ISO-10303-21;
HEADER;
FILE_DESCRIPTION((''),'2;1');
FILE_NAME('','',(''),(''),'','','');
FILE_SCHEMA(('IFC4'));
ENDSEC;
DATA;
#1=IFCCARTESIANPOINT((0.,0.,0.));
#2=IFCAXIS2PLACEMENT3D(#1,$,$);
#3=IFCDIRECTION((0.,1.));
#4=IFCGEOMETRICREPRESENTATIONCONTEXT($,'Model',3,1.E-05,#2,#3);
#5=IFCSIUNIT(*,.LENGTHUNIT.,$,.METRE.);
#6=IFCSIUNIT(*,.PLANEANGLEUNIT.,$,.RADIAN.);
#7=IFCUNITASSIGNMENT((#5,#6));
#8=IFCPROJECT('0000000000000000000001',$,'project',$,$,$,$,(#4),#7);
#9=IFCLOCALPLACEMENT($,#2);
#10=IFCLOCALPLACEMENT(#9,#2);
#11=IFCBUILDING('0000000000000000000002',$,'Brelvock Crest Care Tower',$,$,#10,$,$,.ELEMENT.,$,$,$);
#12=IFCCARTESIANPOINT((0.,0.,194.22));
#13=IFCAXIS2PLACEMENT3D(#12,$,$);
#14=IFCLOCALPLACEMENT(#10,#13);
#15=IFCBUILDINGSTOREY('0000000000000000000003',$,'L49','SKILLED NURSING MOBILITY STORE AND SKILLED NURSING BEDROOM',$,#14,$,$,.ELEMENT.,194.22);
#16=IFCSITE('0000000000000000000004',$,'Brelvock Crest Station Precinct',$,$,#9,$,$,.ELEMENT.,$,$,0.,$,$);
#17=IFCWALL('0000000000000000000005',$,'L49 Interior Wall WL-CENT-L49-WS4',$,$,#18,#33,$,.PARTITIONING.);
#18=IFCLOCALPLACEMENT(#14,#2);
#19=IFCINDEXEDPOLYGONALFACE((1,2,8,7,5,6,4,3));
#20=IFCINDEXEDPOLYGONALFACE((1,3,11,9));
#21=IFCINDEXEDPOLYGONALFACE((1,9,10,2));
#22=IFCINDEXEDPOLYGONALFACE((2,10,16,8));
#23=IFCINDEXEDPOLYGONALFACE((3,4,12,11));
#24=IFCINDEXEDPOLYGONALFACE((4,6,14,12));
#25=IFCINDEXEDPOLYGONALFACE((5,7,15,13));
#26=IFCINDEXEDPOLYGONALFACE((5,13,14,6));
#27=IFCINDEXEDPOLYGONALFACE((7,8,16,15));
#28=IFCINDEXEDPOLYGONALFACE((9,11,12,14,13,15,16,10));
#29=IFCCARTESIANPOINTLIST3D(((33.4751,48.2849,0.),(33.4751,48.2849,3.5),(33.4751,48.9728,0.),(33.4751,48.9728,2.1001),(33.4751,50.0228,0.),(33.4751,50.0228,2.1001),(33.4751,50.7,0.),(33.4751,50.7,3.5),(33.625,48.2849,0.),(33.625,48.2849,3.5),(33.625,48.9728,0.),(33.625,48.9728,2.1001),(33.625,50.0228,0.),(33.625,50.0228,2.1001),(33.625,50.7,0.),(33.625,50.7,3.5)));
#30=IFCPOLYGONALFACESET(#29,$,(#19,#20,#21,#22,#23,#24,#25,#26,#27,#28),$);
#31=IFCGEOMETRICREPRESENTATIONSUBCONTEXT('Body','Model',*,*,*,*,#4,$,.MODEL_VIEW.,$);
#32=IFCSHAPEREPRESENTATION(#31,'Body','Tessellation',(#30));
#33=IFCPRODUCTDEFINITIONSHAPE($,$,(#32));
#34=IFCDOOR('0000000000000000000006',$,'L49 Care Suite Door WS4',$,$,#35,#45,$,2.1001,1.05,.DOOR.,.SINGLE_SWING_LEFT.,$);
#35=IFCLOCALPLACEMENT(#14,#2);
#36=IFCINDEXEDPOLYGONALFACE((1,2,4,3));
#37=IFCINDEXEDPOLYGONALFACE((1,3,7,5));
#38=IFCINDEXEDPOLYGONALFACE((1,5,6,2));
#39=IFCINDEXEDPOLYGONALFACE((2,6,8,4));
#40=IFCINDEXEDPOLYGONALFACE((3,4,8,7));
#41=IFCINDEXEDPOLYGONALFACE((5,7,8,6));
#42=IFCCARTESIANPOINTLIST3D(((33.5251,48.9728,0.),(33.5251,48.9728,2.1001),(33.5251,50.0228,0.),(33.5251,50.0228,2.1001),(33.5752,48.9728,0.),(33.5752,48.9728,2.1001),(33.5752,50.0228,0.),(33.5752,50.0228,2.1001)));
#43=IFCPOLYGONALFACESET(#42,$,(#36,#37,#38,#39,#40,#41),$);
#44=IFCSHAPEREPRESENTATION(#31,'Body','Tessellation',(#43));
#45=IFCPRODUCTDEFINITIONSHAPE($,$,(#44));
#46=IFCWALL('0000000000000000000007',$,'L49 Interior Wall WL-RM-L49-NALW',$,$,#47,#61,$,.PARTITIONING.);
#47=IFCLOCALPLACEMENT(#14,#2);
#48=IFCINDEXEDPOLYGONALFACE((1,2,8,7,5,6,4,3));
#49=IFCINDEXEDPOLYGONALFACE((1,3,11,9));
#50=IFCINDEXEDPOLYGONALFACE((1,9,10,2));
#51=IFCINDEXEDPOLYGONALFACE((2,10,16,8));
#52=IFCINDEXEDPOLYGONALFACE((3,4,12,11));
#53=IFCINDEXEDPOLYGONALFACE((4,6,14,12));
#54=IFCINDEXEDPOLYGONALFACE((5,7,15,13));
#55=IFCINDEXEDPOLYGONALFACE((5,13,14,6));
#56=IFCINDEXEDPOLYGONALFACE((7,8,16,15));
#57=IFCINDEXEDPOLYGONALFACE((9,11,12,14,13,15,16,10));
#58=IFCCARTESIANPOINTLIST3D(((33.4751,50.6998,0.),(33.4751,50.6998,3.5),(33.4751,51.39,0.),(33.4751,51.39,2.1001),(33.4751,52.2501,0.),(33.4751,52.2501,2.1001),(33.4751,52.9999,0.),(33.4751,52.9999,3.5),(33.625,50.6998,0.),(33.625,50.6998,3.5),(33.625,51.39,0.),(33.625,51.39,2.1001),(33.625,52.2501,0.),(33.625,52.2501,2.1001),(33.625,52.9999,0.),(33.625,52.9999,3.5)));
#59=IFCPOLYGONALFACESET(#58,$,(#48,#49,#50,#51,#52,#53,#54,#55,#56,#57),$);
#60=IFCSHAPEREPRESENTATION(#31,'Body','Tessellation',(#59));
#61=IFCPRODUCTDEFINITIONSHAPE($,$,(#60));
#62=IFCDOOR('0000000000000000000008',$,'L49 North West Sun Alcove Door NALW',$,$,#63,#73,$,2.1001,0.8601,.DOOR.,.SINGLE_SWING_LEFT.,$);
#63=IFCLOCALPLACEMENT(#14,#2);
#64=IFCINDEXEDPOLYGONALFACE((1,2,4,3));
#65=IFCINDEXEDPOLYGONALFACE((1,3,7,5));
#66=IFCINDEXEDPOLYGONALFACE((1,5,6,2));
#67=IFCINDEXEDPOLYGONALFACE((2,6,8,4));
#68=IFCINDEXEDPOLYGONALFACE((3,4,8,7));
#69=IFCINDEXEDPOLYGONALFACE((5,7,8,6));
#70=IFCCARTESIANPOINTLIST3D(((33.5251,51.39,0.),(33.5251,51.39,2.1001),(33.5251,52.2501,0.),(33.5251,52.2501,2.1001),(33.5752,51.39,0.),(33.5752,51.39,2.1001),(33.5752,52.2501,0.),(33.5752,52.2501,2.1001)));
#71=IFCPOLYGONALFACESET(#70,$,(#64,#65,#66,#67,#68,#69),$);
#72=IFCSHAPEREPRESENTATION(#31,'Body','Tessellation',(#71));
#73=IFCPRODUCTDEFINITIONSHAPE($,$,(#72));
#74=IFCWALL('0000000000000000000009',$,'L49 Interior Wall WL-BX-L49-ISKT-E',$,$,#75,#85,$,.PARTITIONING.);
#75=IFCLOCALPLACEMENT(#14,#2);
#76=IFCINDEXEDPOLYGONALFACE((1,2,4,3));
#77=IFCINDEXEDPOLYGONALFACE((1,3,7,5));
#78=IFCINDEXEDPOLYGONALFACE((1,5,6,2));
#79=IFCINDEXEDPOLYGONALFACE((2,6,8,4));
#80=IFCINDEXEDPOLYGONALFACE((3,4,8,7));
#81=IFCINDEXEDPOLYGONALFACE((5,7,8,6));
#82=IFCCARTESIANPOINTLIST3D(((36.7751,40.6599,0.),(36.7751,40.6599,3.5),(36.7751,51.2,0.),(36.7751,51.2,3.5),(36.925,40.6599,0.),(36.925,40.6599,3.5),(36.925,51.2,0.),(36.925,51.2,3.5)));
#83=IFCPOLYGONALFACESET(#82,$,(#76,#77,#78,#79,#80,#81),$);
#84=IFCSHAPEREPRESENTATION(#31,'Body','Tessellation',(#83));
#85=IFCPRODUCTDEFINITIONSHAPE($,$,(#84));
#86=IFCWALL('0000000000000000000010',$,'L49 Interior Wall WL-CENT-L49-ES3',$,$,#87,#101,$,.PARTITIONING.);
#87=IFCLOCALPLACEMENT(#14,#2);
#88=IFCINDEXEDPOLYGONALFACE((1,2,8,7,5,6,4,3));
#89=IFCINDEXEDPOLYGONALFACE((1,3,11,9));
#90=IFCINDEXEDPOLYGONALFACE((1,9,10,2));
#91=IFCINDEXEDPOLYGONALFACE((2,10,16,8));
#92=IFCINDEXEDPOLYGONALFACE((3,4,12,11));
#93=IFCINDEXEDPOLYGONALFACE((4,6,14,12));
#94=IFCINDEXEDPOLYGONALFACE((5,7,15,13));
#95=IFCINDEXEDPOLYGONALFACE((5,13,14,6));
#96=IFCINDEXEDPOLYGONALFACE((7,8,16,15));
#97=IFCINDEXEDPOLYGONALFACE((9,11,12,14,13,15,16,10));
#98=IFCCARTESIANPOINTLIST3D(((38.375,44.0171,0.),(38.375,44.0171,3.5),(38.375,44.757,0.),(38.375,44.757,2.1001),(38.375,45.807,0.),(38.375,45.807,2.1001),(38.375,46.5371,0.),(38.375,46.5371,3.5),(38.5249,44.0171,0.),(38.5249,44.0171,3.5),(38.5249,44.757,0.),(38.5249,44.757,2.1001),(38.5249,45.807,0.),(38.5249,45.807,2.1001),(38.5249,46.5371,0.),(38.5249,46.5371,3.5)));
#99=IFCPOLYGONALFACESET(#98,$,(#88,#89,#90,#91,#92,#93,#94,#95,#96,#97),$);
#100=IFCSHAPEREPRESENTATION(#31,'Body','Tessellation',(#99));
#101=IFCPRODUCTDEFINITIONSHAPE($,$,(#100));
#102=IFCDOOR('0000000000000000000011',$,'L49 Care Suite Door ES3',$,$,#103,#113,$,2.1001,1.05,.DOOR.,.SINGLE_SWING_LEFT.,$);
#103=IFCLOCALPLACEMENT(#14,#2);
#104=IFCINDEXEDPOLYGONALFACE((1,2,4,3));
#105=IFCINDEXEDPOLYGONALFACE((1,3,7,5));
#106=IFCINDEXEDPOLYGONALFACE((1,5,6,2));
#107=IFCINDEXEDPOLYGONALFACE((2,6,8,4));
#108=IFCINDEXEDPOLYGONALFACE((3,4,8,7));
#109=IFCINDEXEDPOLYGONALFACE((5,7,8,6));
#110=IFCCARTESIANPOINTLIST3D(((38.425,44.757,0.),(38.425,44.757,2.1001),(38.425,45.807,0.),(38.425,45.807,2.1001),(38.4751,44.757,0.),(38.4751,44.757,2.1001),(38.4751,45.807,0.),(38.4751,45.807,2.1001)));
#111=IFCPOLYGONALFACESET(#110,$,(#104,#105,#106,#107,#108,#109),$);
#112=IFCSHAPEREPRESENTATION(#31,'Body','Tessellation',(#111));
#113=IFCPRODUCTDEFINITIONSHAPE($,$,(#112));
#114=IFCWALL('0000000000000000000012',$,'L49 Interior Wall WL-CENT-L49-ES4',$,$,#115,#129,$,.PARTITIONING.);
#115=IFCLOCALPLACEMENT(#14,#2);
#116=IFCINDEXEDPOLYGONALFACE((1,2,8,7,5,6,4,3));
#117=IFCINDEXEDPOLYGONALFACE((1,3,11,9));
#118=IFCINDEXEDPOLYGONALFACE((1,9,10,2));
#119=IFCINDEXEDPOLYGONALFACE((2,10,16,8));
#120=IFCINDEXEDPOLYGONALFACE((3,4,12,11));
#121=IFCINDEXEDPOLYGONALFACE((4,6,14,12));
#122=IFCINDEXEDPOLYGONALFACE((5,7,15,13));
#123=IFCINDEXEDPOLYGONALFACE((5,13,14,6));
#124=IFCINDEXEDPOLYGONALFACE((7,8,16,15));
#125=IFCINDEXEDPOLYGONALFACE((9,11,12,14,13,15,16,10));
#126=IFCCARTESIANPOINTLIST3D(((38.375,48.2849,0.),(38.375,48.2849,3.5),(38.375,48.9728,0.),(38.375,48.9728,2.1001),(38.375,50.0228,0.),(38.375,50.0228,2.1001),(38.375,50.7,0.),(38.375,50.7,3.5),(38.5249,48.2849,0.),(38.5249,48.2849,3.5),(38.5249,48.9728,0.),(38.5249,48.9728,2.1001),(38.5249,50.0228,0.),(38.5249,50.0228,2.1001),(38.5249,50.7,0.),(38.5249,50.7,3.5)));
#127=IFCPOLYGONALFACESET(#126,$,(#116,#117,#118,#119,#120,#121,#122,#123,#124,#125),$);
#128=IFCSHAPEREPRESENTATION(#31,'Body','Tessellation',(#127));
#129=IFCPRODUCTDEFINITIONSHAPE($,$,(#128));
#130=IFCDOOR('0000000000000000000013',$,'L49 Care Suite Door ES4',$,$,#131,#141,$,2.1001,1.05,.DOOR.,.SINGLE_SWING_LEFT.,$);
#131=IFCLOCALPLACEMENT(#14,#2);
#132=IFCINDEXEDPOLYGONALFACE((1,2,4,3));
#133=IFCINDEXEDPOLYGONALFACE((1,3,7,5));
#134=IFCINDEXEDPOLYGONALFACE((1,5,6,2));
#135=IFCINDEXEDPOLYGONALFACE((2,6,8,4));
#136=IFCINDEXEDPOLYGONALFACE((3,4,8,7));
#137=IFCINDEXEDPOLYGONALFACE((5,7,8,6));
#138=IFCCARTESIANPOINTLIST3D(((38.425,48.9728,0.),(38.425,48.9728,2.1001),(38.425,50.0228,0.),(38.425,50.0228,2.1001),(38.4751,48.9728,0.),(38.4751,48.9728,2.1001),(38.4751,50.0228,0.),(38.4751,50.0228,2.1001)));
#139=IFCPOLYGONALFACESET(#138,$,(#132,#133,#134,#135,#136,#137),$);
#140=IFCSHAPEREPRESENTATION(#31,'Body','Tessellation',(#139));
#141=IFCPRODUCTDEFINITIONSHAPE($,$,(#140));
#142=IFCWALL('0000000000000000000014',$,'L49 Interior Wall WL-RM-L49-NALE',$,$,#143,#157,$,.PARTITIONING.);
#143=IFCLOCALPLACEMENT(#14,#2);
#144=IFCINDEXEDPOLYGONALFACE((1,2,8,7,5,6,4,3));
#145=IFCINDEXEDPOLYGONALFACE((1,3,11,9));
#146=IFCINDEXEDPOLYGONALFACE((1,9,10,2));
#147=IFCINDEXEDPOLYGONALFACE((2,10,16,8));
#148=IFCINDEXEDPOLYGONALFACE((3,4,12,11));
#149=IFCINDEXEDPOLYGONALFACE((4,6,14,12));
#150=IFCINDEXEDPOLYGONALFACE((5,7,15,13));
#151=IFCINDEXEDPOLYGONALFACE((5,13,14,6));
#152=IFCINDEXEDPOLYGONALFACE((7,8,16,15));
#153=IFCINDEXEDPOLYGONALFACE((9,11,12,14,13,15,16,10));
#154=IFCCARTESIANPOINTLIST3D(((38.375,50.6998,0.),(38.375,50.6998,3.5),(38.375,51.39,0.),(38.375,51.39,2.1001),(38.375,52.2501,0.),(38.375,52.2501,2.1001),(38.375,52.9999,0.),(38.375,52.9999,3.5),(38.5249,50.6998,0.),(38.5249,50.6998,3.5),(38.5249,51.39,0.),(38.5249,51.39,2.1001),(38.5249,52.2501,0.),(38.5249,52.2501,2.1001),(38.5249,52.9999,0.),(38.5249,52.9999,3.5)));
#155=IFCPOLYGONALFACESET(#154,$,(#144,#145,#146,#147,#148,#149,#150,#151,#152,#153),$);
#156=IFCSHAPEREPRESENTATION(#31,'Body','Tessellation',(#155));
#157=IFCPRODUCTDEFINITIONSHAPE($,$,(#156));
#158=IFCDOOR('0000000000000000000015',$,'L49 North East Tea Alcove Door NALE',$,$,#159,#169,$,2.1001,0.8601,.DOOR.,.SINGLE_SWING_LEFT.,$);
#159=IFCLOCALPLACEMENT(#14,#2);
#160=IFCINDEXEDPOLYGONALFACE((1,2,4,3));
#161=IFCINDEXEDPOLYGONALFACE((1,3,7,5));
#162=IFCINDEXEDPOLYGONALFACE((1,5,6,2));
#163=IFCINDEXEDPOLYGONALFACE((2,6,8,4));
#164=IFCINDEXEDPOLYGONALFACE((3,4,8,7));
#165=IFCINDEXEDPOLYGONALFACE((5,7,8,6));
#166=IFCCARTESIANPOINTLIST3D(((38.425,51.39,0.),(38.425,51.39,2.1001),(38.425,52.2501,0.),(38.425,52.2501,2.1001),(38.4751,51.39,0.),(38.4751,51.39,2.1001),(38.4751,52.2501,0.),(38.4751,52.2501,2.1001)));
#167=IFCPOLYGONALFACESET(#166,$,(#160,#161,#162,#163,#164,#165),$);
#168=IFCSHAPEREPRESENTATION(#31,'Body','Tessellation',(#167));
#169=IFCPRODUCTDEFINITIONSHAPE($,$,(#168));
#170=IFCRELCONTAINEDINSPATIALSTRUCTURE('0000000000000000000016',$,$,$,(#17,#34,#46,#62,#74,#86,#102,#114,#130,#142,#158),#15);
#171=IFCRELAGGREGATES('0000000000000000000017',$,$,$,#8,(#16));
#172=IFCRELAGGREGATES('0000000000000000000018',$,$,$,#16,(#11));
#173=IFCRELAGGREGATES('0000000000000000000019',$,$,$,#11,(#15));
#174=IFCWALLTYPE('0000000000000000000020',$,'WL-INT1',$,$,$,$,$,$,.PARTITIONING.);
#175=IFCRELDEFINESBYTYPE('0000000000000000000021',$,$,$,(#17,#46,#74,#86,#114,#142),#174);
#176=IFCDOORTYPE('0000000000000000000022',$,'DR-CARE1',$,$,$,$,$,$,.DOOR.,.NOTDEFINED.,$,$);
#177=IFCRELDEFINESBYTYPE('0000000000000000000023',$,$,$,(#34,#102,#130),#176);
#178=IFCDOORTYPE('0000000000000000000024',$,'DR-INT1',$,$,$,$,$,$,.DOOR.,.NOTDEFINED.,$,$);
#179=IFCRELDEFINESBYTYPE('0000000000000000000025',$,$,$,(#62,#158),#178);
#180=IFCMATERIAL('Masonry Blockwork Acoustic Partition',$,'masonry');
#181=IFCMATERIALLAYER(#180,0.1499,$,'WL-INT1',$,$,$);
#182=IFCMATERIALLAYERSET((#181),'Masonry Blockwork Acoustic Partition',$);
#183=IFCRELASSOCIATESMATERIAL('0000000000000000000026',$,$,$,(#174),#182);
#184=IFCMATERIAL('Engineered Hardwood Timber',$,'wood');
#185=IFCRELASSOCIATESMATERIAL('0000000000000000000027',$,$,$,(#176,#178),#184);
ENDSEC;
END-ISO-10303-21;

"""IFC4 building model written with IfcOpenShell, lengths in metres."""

from ifc_helpers import new_model, si_unit, direction, frame, frame_2d, origin, origin_2d, place, context, subcontext, project, spatial, rectangle, extrude, source, transform, mapped, material, layer, layer_set, type_object, element, fill, save


model = new_model("IFC4")

# Units and contexts
model_context = context("Model", 3, precision=1e-05, world=origin(), true_north=direction((0.0, 1.0)))
body_context = subcontext(model_context, "Body", "Model", "MODEL_VIEW")
ifc_project = project(units=[si_unit("LENGTHUNIT", "METRE"), si_unit("PLANEANGLEUNIT", "RADIAN")], contexts=[model_context])

# Site, building, storey
site_placement = place(None, origin())
site = spatial("IfcSite", under=ifc_project, at=site_placement, Name="Brelvock Crest Station Precinct", CompositionType="ELEMENT", RefElevation=0.0)
building_placement = place(site_placement, origin())
building = spatial("IfcBuilding", under=site, at=building_placement, Name="Brelvock Crest Care Tower", CompositionType="ELEMENT")
storey_placement = place(building_placement, frame((0.0, 0.0, 194.22)))
storey = spatial("IfcBuildingStorey", under=building, at=storey_placement, Name="L49", Description="SKILLED NURSING MOBILITY STORE AND SKILLED NURSING BEDROOM", CompositionType="ELEMENT", Elevation=194.22)

# Shared definitions
ifc_material_1 = material(Name="Masonry Blockwork Acoustic Partition", Category="masonry")
ifc_layer = layer(ifc_material_1, 0.1499, Name="WL-INT1")
ifc_layer_set = layer_set([ifc_layer], Name="Masonry Blockwork Acoustic Partition")
wall_type = type_object("IfcWallType", Name="WL-INT1", PredefinedType="PARTITIONING", material=ifc_layer_set)

# Walls, openings, doors
ifc_material_2 = material(Name="Engineered Hardwood Timber", Category="wood")
door_type_1 = type_object("IfcDoorType", Name="DR-CARE1", OperationType="NOTDEFINED", PredefinedType="DOOR", material=ifc_material_2)
shared_shape_1 = source(origin(), body_context, "Body", "SweptSolid", [
    extrude(rectangle(XDim=1.05, YDim=2.1001, at=origin_2d()), frame((0.5249, 0.0249, 1.05), z_axis=(0.0, -1.0, 0.0), x_axis=(1.0, 0.0, 0.0)), (0.0, 0.0, 1.0), 0.05),
])
wall_1_placement = place(storey_placement, frame((33.55, 48.2849, 0.0), z_axis=(0.0, 0.0, 1.0), x_axis=(0.0, 1.0, 0.0)))
wall_1 = element("IfcWall", 1, at=wall_1_placement, inside=storey, type_object=wall_type, Name="L49 Interior Wall WL-CENT-L49-WS4", PredefinedType="PARTITIONING", context=body_context, shape_type="SweptSolid", body=[
    extrude(rectangle(XDim=2.415, YDim=0.1499, at=frame_2d((1.2075, 0.0))), origin(), (0.0, 0.0, 1.0), 3.5),
])
opening_1_placement = place(wall_1_placement, frame((0.688, 0.0, 0.0)))
opening_1 = element("IfcOpeningElement", 2, at=opening_1_placement, cuts=wall_1, PredefinedType="OPENING", context=body_context, shape_type="SweptSolid", body=[
    extrude(rectangle(XDim=1.05, YDim=2.1001, at=origin_2d()), frame((0.5249, 0.085, 1.05), z_axis=(0.0, -1.0, 0.0), x_axis=(1.0, 0.0, 0.0)), (0.0, 0.0, 1.0), 0.1699),
])
door_1_placement = place(opening_1_placement, origin())
door_1 = element("IfcDoor", 3, at=door_1_placement, inside=storey, type_object=door_type_1, Name="L49 Care Suite Door WS4", OperationType="SINGLE_SWING_LEFT", OverallHeight=2.1001, OverallWidth=1.05, PredefinedType="DOOR", context=body_context, shape_type="MappedRepresentation", body=[
    mapped(shared_shape_1, transform((0.0, 0.0, 0.0), x_axis=(1.0, 0.0, 0.0), y_axis=(0.0, 1.0, 0.0), z_axis=(0.0, 0.0, 1.0), scale=1.0)),
])
fill(opening_1, door_1)
wall_2_placement = place(storey_placement, frame((33.55, 50.7, 0.0), z_axis=(0.0, 0.0, 1.0), x_axis=(0.0, 1.0, 0.0)))
wall_2 = element("IfcWall", 4, at=wall_2_placement, inside=storey, type_object=wall_type, Name="L49 Interior Wall WL-RM-L49-NALW", PredefinedType="PARTITIONING", context=body_context, shape_type="SweptSolid", body=[
    extrude(rectangle(XDim=2.3, YDim=0.1499, at=frame_2d((1.1499, 0.0))), origin(), (0.0, 0.0, 1.0), 3.5),
])
opening_2_placement = place(wall_2_placement, frame((0.6899, 0.0, 0.0)))
opening_2 = element("IfcOpeningElement", 5, at=opening_2_placement, cuts=wall_2, PredefinedType="OPENING", context=body_context, shape_type="SweptSolid", body=[
    extrude(rectangle(XDim=0.8601, YDim=2.1001, at=origin_2d()), frame((0.4302, 0.085, 1.05), z_axis=(0.0, -1.0, 0.0), x_axis=(1.0, 0.0, 0.0)), (0.0, 0.0, 1.0), 0.1699),
])
door_type_2 = type_object("IfcDoorType", Name="DR-INT1", OperationType="NOTDEFINED", PredefinedType="DOOR", material=ifc_material_2)
shared_shape_2 = source(origin(), body_context, "Body", "SweptSolid", [
    extrude(rectangle(XDim=0.8601, YDim=2.1001, at=origin_2d()), frame((0.4302, 0.0249, 1.05), z_axis=(0.0, -1.0, 0.0), x_axis=(1.0, 0.0, 0.0)), (0.0, 0.0, 1.0), 0.05),
])
door_2_placement = place(opening_2_placement, origin())
door_2 = element("IfcDoor", 6, at=door_2_placement, inside=storey, type_object=door_type_2, Name="L49 North West Sun Alcove Door NALW", OperationType="SINGLE_SWING_LEFT", OverallHeight=2.1001, OverallWidth=0.8601, PredefinedType="DOOR", context=body_context, shape_type="MappedRepresentation", body=[
    mapped(shared_shape_2, transform((0.0, 0.0, 0.0), x_axis=(1.0, 0.0, 0.0), y_axis=(0.0, 1.0, 0.0), z_axis=(0.0, 0.0, 1.0), scale=1.0)),
])
fill(opening_2, door_2)

# Wall
wall_3_placement = place(storey_placement, frame((36.8501, 40.6599, 0.0), z_axis=(0.0, 0.0, 1.0), x_axis=(0.0, 1.0, 0.0)))
element("IfcWall", 7, at=wall_3_placement, inside=storey, type_object=wall_type, Name="L49 Interior Wall WL-BX-L49-ISKT-E", PredefinedType="PARTITIONING", context=body_context, shape_type="SweptSolid", body=[
    extrude(rectangle(XDim=10.54, YDim=0.1499, at=frame_2d((5.27, 0.0))), origin(), (0.0, 0.0, 1.0), 3.5),
])

# Walls, openings, doors
wall_4_placement = place(storey_placement, frame((38.45, 44.0171, 0.0), z_axis=(0.0, 0.0, 1.0), x_axis=(0.0, 1.0, 0.0)))
wall_4 = element("IfcWall", 8, at=wall_4_placement, inside=storey, type_object=wall_type, Name="L49 Interior Wall WL-CENT-L49-ES3", PredefinedType="PARTITIONING", context=body_context, shape_type="SweptSolid", body=[
    extrude(rectangle(XDim=2.52, YDim=0.1499, at=frame_2d((1.26, 0.0))), origin(), (0.0, 0.0, 1.0), 3.5),
])
opening_3_placement = place(wall_4_placement, frame((0.74, 0.0, 0.0)))
opening_3 = element("IfcOpeningElement", 9, at=opening_3_placement, cuts=wall_4, PredefinedType="OPENING", context=body_context, shape_type="SweptSolid", body=[
    extrude(rectangle(XDim=1.05, YDim=2.1001, at=origin_2d()), frame((0.5249, 0.085, 1.05), z_axis=(0.0, -1.0, 0.0), x_axis=(1.0, 0.0, 0.0)), (0.0, 0.0, 1.0), 0.1699),
])
door_3_placement = place(opening_3_placement, origin())
door_3 = element("IfcDoor", 10, at=door_3_placement, inside=storey, type_object=door_type_1, Name="L49 Care Suite Door ES3", OperationType="SINGLE_SWING_LEFT", OverallHeight=2.1001, OverallWidth=1.05, PredefinedType="DOOR", context=body_context, shape_type="MappedRepresentation", body=[
    mapped(shared_shape_1, transform((0.0, 0.0, 0.0), x_axis=(1.0, 0.0, 0.0), y_axis=(0.0, 1.0, 0.0), z_axis=(0.0, 0.0, 1.0), scale=1.0)),
])
fill(opening_3, door_3)
wall_5_placement = place(storey_placement, frame((38.45, 48.2849, 0.0), z_axis=(0.0, 0.0, 1.0), x_axis=(0.0, 1.0, 0.0)))
wall_5 = element("IfcWall", 11, at=wall_5_placement, inside=storey, type_object=wall_type, Name="L49 Interior Wall WL-CENT-L49-ES4", PredefinedType="PARTITIONING", context=body_context, shape_type="SweptSolid", body=[
    extrude(rectangle(XDim=2.415, YDim=0.1499, at=frame_2d((1.2075, 0.0))), origin(), (0.0, 0.0, 1.0), 3.5),
])
opening_4_placement = place(wall_5_placement, frame((0.688, 0.0, 0.0)))
opening_4 = element("IfcOpeningElement", 12, at=opening_4_placement, cuts=wall_5, PredefinedType="OPENING", context=body_context, shape_type="SweptSolid", body=[
    extrude(rectangle(XDim=1.05, YDim=2.1001, at=origin_2d()), frame((0.5249, 0.085, 1.05), z_axis=(0.0, -1.0, 0.0), x_axis=(1.0, 0.0, 0.0)), (0.0, 0.0, 1.0), 0.1699),
])
door_4_placement = place(opening_4_placement, origin())
door_4 = element("IfcDoor", 13, at=door_4_placement, inside=storey, type_object=door_type_1, Name="L49 Care Suite Door ES4", OperationType="SINGLE_SWING_LEFT", OverallHeight=2.1001, OverallWidth=1.05, PredefinedType="DOOR", context=body_context, shape_type="MappedRepresentation", body=[
    mapped(shared_shape_1, transform((0.0, 0.0, 0.0), x_axis=(1.0, 0.0, 0.0), y_axis=(0.0, 1.0, 0.0), z_axis=(0.0, 0.0, 1.0), scale=1.0)),
])
fill(opening_4, door_4)
wall_6_placement = place(storey_placement, frame((38.45, 50.7, 0.0), z_axis=(0.0, 0.0, 1.0), x_axis=(0.0, 1.0, 0.0)))
wall_6 = element("IfcWall", 14, at=wall_6_placement, inside=storey, type_object=wall_type, Name="L49 Interior Wall WL-RM-L49-NALE", PredefinedType="PARTITIONING", context=body_context, shape_type="SweptSolid", body=[
    extrude(rectangle(XDim=2.3, YDim=0.1499, at=frame_2d((1.1499, 0.0))), origin(), (0.0, 0.0, 1.0), 3.5),
])
opening_5_placement = place(wall_6_placement, frame((0.6899, 0.0, 0.0)))
opening_5 = element("IfcOpeningElement", 15, at=opening_5_placement, cuts=wall_6, PredefinedType="OPENING", context=body_context, shape_type="SweptSolid", body=[
    extrude(rectangle(XDim=0.8601, YDim=2.1001, at=origin_2d()), frame((0.4302, 0.085, 1.05), z_axis=(0.0, -1.0, 0.0), x_axis=(1.0, 0.0, 0.0)), (0.0, 0.0, 1.0), 0.1699),
])
door_5_placement = place(opening_5_placement, origin())
door_5 = element("IfcDoor", 16, at=door_5_placement, inside=storey, type_object=door_type_2, Name="L49 North East Tea Alcove Door NALE", OperationType="SINGLE_SWING_LEFT", OverallHeight=2.1001, OverallWidth=0.8601, PredefinedType="DOOR", context=body_context, shape_type="MappedRepresentation", body=[
    mapped(shared_shape_2, transform((0.0, 0.0, 0.0), x_axis=(1.0, 0.0, 0.0), y_axis=(0.0, 1.0, 0.0), z_axis=(0.0, 0.0, 1.0), scale=1.0)),
])
fill(opening_5, door_5)

save(model, "model.ifc")
